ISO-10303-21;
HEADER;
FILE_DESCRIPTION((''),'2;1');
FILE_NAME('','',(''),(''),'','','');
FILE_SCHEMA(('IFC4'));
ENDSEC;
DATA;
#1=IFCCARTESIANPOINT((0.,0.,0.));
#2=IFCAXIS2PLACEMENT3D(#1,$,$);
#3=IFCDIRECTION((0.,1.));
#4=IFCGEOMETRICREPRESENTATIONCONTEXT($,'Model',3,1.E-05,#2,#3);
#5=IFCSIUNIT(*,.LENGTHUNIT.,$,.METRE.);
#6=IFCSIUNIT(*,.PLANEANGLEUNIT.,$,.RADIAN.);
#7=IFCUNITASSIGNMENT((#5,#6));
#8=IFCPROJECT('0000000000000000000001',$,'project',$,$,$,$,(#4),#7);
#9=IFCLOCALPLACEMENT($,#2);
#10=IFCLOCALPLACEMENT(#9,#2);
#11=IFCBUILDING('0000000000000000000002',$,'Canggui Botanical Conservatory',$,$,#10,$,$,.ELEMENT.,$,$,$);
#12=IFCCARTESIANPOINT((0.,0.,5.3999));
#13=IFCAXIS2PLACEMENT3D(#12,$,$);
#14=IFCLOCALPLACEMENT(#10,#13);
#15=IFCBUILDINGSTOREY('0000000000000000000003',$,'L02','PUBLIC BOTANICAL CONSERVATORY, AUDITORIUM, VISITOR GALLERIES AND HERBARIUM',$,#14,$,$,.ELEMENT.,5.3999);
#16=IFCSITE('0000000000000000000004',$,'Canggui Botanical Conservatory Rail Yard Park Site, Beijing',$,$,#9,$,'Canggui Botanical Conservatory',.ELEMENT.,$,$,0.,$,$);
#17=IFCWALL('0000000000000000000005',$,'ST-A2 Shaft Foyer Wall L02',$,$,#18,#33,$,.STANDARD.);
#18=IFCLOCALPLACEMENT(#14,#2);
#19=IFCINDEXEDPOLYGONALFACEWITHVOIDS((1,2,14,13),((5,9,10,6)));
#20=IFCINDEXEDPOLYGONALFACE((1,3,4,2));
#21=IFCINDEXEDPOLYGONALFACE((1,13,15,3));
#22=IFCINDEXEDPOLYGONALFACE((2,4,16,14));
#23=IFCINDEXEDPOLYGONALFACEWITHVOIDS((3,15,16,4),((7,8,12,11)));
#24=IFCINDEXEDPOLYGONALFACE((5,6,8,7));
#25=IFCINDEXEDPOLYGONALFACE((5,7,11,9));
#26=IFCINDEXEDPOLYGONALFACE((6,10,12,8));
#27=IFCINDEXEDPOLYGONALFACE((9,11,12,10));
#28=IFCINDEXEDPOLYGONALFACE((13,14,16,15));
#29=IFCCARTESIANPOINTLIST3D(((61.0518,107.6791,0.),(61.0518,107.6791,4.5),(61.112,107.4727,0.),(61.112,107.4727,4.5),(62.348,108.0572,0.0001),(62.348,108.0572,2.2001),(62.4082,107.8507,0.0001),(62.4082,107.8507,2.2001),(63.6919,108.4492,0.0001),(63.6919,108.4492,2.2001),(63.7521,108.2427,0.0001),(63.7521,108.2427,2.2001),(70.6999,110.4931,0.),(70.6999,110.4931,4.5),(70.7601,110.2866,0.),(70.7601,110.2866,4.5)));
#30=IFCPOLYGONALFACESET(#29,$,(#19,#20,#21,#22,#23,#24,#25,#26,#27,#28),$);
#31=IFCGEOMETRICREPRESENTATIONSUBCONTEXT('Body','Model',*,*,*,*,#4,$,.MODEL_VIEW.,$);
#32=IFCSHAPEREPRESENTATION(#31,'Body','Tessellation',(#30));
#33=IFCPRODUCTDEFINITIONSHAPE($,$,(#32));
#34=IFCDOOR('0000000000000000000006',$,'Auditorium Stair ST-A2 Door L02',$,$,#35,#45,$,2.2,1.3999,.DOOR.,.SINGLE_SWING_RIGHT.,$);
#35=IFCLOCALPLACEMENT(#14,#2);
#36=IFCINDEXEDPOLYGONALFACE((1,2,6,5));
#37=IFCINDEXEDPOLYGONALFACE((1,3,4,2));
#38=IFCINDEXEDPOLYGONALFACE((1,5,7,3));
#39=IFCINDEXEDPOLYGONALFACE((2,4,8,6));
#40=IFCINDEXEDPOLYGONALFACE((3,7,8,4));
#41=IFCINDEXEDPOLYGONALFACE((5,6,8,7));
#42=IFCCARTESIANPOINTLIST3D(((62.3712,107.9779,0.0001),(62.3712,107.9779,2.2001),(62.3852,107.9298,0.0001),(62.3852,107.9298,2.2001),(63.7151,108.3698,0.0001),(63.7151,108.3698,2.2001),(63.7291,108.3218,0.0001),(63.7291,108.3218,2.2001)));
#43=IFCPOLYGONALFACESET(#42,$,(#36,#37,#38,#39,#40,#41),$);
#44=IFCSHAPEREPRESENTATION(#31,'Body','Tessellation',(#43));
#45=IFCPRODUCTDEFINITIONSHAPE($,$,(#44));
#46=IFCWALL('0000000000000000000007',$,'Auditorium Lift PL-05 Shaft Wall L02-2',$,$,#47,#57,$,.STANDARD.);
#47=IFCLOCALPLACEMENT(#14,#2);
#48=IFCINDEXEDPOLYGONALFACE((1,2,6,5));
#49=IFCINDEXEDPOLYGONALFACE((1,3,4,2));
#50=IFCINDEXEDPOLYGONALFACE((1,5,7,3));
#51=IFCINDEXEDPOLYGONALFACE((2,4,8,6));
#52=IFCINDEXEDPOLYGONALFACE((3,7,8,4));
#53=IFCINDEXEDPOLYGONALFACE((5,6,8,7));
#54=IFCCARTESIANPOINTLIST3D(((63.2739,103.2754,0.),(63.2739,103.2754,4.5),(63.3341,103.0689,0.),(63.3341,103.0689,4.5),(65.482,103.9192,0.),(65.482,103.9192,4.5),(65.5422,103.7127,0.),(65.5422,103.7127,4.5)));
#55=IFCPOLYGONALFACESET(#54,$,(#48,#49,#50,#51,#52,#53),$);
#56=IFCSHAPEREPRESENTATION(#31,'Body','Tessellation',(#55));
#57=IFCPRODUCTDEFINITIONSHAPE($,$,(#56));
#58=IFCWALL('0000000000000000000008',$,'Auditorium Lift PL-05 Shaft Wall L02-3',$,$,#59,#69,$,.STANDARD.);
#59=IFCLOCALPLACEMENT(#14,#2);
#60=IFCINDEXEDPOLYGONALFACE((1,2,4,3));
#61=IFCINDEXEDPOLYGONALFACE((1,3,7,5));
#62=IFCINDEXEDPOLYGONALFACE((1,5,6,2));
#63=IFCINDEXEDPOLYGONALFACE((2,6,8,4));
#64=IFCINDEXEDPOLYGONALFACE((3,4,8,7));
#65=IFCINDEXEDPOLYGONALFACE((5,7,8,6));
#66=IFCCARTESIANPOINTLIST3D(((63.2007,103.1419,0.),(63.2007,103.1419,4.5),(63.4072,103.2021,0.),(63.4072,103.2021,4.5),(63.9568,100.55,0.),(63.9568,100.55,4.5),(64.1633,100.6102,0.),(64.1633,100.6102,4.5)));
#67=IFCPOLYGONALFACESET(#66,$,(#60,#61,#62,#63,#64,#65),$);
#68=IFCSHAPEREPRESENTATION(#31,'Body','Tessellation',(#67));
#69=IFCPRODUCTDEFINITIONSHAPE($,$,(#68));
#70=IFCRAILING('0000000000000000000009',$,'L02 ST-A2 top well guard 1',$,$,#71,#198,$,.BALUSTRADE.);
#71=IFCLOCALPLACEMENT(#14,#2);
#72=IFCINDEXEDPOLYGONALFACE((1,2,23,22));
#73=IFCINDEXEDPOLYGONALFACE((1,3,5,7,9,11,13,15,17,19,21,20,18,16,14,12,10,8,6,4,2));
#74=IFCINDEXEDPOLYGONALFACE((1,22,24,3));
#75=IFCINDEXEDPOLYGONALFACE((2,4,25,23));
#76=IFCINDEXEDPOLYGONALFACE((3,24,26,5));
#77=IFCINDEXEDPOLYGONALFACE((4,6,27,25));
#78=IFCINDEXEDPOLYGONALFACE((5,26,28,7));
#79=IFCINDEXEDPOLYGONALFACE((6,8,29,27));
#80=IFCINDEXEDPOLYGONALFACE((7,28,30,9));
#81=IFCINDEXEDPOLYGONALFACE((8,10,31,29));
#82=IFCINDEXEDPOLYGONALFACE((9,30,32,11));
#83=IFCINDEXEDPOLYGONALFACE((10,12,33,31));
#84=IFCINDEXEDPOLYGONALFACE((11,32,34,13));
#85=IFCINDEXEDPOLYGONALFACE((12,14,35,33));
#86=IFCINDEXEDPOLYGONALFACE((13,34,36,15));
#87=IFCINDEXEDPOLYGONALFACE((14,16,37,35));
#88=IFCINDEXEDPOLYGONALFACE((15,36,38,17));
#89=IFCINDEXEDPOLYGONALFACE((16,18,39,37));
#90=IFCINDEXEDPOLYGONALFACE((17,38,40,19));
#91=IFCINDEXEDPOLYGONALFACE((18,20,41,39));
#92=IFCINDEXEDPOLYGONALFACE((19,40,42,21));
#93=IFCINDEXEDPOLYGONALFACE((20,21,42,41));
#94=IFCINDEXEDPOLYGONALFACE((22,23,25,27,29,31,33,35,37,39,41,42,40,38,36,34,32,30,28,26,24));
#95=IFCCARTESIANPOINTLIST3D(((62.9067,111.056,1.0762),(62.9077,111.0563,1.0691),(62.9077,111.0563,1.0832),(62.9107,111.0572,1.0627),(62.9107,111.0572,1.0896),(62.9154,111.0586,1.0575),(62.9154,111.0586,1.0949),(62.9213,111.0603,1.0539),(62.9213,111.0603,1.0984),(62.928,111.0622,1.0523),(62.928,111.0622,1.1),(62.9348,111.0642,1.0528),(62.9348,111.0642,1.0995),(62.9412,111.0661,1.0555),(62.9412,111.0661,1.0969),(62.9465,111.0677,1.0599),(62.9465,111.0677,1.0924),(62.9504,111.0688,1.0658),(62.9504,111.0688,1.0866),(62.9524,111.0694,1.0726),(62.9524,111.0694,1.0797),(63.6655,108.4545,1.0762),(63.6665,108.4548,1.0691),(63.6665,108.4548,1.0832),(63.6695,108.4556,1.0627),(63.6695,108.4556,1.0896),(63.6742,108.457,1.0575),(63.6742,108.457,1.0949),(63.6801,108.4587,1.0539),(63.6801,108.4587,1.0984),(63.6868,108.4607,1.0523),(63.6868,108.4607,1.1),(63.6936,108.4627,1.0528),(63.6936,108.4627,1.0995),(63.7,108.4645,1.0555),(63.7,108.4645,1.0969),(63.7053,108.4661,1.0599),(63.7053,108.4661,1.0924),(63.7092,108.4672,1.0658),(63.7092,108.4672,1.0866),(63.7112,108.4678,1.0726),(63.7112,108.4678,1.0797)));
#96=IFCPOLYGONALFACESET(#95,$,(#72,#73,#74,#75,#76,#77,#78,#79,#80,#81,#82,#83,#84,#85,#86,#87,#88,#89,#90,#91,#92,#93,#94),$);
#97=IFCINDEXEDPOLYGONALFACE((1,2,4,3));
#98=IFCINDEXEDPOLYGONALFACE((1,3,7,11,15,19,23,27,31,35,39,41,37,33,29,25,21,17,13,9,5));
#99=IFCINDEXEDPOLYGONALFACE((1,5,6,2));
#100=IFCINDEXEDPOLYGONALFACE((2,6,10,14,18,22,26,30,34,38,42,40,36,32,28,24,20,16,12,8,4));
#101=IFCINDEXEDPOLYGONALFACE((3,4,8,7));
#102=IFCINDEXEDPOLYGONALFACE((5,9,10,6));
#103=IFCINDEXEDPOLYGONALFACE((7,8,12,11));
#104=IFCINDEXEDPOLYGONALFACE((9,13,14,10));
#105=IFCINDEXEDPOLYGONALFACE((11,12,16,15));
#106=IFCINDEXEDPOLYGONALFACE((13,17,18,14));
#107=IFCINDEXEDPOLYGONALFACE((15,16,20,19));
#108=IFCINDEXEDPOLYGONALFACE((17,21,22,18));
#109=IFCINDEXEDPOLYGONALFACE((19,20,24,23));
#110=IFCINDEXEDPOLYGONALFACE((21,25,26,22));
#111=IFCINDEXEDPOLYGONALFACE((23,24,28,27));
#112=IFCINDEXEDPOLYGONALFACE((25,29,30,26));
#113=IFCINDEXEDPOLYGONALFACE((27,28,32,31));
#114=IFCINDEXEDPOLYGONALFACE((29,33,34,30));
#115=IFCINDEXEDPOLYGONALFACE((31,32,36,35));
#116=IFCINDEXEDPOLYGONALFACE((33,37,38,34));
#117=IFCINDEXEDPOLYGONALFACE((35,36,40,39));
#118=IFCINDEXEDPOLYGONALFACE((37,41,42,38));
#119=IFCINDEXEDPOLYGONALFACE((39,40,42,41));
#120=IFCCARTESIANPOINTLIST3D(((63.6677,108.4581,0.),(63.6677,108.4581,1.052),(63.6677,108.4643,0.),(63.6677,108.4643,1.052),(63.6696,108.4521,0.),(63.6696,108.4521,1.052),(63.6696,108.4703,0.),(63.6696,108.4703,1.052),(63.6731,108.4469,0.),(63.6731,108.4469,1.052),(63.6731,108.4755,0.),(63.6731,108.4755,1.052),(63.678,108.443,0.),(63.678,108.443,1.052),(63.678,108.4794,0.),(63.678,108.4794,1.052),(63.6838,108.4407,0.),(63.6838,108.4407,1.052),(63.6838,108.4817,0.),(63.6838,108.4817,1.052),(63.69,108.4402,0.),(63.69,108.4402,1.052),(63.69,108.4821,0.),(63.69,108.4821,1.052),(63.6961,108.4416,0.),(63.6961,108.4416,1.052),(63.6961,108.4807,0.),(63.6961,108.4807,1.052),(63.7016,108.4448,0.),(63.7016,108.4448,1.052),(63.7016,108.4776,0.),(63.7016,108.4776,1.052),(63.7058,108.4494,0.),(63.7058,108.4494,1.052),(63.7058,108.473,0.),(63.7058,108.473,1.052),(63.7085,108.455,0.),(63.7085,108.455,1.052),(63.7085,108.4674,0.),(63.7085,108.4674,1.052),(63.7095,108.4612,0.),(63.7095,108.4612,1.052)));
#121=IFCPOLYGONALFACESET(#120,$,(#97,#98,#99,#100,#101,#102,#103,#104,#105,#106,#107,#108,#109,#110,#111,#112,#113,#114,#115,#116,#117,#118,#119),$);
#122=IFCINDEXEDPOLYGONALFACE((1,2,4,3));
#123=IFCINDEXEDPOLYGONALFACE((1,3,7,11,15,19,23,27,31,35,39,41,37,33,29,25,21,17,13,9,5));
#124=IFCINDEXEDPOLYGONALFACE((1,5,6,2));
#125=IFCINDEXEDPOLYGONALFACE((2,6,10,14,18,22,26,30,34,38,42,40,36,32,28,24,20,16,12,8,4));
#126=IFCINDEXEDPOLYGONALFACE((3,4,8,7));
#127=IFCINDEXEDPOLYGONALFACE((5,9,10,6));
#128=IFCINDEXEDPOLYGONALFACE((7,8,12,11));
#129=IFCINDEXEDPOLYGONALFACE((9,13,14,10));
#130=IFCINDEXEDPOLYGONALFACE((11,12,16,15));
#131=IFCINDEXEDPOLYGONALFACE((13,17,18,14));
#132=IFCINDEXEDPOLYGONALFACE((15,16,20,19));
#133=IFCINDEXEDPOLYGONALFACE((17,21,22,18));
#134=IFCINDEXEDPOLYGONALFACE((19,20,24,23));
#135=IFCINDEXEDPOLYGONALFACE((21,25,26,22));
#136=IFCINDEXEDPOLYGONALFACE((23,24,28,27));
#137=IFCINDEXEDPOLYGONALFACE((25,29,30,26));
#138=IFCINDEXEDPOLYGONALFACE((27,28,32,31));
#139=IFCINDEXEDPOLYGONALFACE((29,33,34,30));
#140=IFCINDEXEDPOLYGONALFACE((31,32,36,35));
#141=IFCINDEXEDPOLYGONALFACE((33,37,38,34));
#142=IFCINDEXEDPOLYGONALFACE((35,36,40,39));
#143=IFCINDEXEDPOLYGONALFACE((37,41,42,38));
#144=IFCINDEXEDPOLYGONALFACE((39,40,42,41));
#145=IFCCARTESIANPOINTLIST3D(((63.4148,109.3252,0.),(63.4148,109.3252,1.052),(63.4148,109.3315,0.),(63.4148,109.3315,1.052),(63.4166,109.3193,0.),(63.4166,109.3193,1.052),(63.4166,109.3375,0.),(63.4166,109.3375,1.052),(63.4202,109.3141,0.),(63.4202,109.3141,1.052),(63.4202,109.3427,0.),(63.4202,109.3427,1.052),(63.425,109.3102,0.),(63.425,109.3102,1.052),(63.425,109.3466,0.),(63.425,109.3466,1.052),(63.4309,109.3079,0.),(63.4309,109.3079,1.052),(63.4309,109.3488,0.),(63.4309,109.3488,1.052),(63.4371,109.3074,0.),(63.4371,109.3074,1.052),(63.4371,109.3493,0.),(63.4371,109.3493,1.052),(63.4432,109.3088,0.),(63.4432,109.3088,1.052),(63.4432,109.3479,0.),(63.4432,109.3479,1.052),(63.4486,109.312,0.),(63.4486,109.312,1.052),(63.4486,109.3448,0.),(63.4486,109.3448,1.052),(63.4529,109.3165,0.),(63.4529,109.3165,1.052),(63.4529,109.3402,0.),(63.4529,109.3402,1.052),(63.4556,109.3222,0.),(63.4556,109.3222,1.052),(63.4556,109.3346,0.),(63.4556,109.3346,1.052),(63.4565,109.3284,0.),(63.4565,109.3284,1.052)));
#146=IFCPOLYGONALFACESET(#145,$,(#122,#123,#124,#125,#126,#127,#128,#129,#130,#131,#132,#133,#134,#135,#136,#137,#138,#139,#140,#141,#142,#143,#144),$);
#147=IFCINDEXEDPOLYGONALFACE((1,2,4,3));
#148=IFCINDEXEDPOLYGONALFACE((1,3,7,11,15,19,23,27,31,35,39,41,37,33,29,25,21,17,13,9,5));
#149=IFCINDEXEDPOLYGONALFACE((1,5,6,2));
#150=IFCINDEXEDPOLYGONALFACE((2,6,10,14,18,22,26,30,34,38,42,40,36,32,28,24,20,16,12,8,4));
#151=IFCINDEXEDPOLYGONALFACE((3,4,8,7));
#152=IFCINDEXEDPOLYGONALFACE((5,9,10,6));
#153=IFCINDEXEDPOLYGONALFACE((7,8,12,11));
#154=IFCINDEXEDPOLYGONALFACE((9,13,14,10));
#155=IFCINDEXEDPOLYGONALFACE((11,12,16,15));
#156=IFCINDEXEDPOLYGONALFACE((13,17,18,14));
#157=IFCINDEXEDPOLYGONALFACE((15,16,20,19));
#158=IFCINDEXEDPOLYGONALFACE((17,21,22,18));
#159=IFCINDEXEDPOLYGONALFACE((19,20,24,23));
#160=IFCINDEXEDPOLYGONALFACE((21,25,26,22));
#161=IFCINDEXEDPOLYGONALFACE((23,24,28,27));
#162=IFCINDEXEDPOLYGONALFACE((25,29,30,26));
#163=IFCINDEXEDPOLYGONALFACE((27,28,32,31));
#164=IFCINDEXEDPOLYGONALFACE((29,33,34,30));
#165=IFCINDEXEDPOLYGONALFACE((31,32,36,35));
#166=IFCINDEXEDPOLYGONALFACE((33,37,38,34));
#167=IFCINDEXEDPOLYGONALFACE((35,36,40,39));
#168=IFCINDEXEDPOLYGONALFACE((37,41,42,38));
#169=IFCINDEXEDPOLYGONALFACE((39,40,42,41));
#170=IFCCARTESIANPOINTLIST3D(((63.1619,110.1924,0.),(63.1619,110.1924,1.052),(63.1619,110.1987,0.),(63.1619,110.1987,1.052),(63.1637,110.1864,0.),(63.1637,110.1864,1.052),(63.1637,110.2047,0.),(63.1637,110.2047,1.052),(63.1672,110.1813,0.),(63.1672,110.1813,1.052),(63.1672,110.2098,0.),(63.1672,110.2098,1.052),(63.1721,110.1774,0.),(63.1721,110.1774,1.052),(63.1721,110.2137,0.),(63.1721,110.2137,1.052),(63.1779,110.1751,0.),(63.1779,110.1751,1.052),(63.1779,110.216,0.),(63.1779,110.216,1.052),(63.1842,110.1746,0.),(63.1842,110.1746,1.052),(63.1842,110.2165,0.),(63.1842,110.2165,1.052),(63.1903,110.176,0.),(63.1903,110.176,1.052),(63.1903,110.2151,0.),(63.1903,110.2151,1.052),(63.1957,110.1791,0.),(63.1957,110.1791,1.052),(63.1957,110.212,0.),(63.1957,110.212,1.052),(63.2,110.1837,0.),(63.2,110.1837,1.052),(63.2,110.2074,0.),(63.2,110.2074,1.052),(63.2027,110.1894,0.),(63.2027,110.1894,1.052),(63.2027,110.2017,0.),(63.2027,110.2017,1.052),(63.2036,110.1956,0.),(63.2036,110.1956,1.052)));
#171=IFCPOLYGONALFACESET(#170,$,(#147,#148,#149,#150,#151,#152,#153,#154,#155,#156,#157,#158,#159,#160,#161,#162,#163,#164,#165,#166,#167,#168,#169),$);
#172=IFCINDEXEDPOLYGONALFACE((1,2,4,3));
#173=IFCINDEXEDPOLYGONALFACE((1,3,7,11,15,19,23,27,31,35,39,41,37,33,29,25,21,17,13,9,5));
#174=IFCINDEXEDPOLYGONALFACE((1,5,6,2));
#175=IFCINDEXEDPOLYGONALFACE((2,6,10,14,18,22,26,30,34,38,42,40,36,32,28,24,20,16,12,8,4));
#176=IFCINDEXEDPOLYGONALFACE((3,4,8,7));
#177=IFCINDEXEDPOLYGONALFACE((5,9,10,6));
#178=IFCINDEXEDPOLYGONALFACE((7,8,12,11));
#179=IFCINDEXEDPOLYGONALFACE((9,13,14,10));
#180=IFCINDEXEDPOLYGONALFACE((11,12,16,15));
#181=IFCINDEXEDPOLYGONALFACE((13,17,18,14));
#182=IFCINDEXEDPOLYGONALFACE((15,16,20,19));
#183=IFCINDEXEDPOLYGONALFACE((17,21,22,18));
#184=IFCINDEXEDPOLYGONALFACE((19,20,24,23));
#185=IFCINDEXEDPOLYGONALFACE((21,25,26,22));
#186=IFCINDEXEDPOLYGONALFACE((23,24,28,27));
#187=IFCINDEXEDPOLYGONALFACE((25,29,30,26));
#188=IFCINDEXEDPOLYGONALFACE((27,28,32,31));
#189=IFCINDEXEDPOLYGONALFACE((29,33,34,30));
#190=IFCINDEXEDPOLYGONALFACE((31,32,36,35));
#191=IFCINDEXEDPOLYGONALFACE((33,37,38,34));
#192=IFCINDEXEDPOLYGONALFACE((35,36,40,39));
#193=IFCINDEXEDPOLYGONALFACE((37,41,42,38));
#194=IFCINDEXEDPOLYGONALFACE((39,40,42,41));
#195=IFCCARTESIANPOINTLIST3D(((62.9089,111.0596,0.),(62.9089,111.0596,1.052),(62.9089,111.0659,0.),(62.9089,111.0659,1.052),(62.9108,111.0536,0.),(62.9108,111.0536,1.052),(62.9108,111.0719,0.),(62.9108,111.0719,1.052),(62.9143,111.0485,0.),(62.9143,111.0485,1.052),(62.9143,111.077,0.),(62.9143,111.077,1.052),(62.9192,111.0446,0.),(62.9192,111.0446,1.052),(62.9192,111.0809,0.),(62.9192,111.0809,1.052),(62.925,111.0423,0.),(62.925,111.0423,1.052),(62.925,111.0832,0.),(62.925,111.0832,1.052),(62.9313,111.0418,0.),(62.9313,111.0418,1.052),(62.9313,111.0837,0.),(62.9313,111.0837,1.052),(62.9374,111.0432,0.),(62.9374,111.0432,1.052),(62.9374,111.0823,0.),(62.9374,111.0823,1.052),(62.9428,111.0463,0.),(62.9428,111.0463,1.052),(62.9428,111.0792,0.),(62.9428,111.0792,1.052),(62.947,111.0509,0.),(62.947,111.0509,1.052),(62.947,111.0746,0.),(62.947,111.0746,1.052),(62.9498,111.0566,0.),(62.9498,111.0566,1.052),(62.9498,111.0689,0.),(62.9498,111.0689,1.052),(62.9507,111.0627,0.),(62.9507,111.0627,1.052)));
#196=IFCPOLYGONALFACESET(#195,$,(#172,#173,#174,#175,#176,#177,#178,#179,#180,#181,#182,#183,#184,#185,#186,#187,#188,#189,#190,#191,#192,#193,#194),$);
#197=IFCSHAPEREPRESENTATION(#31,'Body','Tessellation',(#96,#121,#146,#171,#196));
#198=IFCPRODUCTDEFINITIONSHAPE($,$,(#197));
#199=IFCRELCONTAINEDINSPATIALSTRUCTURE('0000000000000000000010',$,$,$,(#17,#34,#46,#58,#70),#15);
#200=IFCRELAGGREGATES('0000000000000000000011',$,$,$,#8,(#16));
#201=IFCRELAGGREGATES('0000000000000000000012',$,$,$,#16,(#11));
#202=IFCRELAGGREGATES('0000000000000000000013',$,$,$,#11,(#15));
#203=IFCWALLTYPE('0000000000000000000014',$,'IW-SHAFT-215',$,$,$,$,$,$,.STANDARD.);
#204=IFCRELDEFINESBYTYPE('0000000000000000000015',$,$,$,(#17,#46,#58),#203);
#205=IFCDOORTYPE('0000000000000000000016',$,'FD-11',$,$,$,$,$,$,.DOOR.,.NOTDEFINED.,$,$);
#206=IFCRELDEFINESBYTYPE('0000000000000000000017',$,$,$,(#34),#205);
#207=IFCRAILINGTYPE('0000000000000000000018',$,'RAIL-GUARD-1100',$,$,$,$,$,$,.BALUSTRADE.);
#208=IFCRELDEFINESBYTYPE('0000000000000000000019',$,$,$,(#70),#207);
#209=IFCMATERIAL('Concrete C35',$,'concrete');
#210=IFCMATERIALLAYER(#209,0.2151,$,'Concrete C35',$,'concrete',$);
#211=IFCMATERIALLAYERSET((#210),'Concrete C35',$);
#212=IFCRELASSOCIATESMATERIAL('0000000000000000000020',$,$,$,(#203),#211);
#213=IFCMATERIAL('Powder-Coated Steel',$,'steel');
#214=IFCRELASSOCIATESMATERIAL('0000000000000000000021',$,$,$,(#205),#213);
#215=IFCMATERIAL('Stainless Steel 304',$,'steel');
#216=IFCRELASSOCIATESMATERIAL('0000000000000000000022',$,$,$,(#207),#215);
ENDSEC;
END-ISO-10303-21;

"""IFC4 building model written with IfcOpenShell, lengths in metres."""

from ifc_helpers import new_model, si_unit, direction, frame, frame_2d, origin, origin_2d, place, context, subcontext, project, spatial, rectangle, circle, extrude, material, layer, layer_set, type_object, element, fill, save


model = new_model("IFC4")

# Units and contexts
model_context = context("Model", 3, precision=1e-05, world=origin(), true_north=direction((0.0, 1.0)))
body_context = subcontext(model_context, "Body", "Model", "MODEL_VIEW")
ifc_project = project(units=[si_unit("LENGTHUNIT", "METRE"), si_unit("PLANEANGLEUNIT", "RADIAN")], contexts=[model_context])

# Site, building, storey
site_placement = place(None, origin())
site = spatial("IfcSite", under=ifc_project, at=site_placement, Name="Canggui Botanical Conservatory Rail Yard Park Site, Beijing", LongName="Canggui Botanical Conservatory", CompositionType="ELEMENT", RefElevation=0.0)
building_placement = place(site_placement, origin())
building = spatial("IfcBuilding", under=site, at=building_placement, Name="Canggui Botanical Conservatory", CompositionType="ELEMENT")
storey_placement = place(building_placement, frame((0.0, 0.0, 5.3999)))
storey = spatial("IfcBuildingStorey", under=building, at=storey_placement, Name="L02", Description="PUBLIC BOTANICAL CONSERVATORY, AUDITORIUM, VISITOR GALLERIES AND HERBARIUM", CompositionType="ELEMENT", Elevation=5.3999)

# Wall, opening, door
ifc_material_1 = material(Name="Concrete C35", Category="concrete")
ifc_layer_1 = layer(ifc_material_1, 0.2151, Name="Concrete C35", Category="concrete")
ifc_layer_set_1 = layer_set([ifc_layer_1], Name="Concrete C35")
wall_type_1 = type_object("IfcWallType", Name="IW-SHAFT-215", PredefinedType="STANDARD", material=ifc_layer_set_1)
wall_1_placement = place(storey_placement, frame((61.082, 107.5759, 0.0), z_axis=(0.0, 0.0, 1.0), x_axis=(0.960001, 0.279998, 0.0)))
wall_1 = element("IfcWall", 1, at=wall_1_placement, inside=storey, type_object=wall_type_1, Name="ST-A2 Shaft Foyer Wall L02", PredefinedType="STANDARD", context=body_context, shape_type="SweptSolid", body=[
    extrude(rectangle(XDim=10.05, YDim=0.2151, at=frame_2d((5.0249, 0.0))), origin(), (0.0, 0.0, 1.0), 4.5),
])
opening_placement = place(wall_1_placement, frame((1.3501, 0.0, 0.0)))
opening = element("IfcOpeningElement", 2, at=opening_placement, cuts=wall_1, PredefinedType="OPENING", context=body_context, shape_type="SweptSolid", body=[
    extrude(rectangle(XDim=1.3999, YDim=2.2, at=frame_2d((0.7, 1.1001))), frame((0.0, 0.1177, 0.0), z_axis=(0.0, -1.0, 0.0), x_axis=(1.0, 0.0, 0.0)), (0.0, 0.0, 1.0), 0.2351),
])
ifc_material_2 = material(Name="Powder-Coated Steel", Category="steel")
door_type = type_object("IfcDoorType", Name="FD-11", OperationType="NOTDEFINED", PredefinedType="DOOR", material=ifc_material_2)
door_placement = place(opening_placement, origin())
door = element("IfcDoor", 3, at=door_placement, inside=storey, type_object=door_type, Name="Auditorium Stair ST-A2 Door L02", OperationType="SINGLE_SWING_RIGHT", OverallHeight=2.2, OverallWidth=1.3999, PredefinedType="DOOR", context=body_context, shape_type="SweptSolid", body=[
    extrude(rectangle(XDim=1.3999, YDim=2.2, at=frame_2d((0.7, 1.1001))), frame((0.0, 0.0249, 0.0), z_axis=(0.0, -1.0, 0.0), x_axis=(1.0, 0.0, 0.0)), (0.0, 0.0, 1.0), 0.05),
])
fill(opening, door)

# Walls
wall_2_placement = place(storey_placement, frame((65.512, 103.8159, 0.0), z_axis=(0.0, 0.0, 1.0), x_axis=(-0.960024, -0.279918, 0.0)))
element("IfcWall", 4, at=wall_2_placement, inside=storey, type_object=wall_type_1, Name="Auditorium Lift PL-05 Shaft Wall L02-2", PredefinedType="STANDARD", context=body_context, shape_type="SweptSolid", body=[
    extrude(rectangle(XDim=2.3, YDim=0.2151, at=frame_2d((1.1499, 0.0))), origin(), (0.0, 0.0, 1.0), 4.5),
])
wall_3_placement = place(storey_placement, frame((63.304, 103.1721, 0.0), z_axis=(0.0, 0.0, 1.0), x_axis=(0.280031, -0.959991, 0.0)))
element("IfcWall", 5, at=wall_3_placement, inside=storey, type_object=wall_type_1, Name="Auditorium Lift PL-05 Shaft Wall L02-3", PredefinedType="STANDARD", context=body_context, shape_type="SweptSolid", body=[
    extrude(rectangle(XDim=2.7, YDim=0.2151, at=frame_2d((1.3501, 0.0))), origin(), (0.0, 0.0, 1.0), 4.5),
])

# Railing
ifc_material_3 = material(Name="Stainless Steel 304", Category="steel")
railing_type = type_object("IfcRailingType", Name="RAIL-GUARD-1100", PredefinedType="BALUSTRADE", material=ifc_material_3)
railing_placement = place(storey_placement, frame((63.6885, 108.4612, 0.0)))
element("IfcRailing", 6, at=railing_placement, inside=storey, type_object=railing_type, Name="L02 ST-A2 top well guard 1", PredefinedType="BALUSTRADE", context=body_context, shape_type="SweptSolid", body=[
    extrude(circle(Radius=0.0239, at=origin_2d()), frame((0.0, 0.0, 1.0762), z_axis=(-0.28, 0.96, 0.0), x_axis=(-0.96, -0.28, 0.0)), (0.0, 0.0, 1.0), 2.71),
    extrude(circle(Radius=0.021, at=origin_2d()), origin(), (0.0, 0.0, 1.0), 1.052),
    extrude(circle(Radius=0.021, at=origin_2d()), frame((-0.2529, 0.8672, 0.0)), (0.0, 0.0, 1.0), 1.052),
    extrude(circle(Radius=0.021, at=origin_2d()), frame((-0.5059, 1.7344, 0.0)), (0.0, 0.0, 1.0), 1.052),
    extrude(circle(Radius=0.021, at=origin_2d()), frame((-0.7588, 2.6016, 0.0)), (0.0, 0.0, 1.0), 1.052),
])

save(model, "model.ifc")
